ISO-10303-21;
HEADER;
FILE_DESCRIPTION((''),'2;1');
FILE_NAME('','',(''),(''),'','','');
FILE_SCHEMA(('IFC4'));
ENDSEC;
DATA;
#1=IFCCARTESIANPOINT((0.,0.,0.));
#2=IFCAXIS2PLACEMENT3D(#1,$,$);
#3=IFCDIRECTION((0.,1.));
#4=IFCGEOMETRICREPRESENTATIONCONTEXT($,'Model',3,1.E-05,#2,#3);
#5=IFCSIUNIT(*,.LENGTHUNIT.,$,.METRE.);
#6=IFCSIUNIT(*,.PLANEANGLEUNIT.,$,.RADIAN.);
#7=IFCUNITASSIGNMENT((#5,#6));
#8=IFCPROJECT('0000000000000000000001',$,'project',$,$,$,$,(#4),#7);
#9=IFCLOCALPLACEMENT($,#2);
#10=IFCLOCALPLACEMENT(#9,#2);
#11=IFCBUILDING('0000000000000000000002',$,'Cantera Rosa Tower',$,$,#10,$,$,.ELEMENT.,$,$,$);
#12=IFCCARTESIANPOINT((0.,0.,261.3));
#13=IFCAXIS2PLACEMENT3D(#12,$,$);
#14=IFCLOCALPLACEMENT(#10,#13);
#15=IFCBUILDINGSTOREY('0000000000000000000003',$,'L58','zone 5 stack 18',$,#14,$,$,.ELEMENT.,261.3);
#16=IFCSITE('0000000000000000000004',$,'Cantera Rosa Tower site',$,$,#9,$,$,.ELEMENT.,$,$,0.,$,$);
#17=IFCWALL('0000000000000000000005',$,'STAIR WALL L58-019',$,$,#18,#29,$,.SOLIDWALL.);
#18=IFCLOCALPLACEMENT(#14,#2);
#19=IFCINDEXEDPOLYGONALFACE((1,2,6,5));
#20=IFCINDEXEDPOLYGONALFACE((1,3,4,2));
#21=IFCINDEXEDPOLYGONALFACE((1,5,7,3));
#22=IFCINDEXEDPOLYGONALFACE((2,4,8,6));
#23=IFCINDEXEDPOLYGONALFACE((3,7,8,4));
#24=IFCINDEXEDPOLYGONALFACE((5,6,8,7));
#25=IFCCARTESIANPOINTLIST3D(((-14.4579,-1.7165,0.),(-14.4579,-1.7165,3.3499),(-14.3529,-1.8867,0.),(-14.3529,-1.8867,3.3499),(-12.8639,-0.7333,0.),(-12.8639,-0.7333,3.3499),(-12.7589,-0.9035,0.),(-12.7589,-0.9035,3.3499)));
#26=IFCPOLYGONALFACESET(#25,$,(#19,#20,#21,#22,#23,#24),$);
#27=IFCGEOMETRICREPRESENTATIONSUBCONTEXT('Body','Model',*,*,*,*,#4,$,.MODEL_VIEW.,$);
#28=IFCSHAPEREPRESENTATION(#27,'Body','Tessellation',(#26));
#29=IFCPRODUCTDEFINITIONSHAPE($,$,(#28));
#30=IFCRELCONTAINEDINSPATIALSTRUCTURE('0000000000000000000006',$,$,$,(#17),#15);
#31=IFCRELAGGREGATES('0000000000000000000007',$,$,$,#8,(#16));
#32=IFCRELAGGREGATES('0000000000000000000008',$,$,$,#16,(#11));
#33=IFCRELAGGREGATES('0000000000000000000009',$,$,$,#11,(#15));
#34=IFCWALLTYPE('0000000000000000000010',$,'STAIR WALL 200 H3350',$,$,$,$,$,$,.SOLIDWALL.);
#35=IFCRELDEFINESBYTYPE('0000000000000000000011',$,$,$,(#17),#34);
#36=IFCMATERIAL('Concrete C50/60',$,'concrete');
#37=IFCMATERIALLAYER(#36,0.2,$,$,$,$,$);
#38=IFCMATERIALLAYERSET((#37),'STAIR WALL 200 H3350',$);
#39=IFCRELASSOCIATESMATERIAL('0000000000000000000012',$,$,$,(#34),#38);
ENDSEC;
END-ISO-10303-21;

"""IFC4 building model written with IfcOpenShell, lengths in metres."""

from ifc_helpers import new_model, si_unit, direction, frame, frame_2d, origin, place, context, subcontext, project, spatial, rectangle, extrude, material, layer, layer_set, type_object, element, save


model = new_model("IFC4")

# Units and contexts
model_context = context("Model", 3, precision=1e-05, world=origin(), true_north=direction((0.0, 1.0)))
body_context = subcontext(model_context, "Body", "Model", "MODEL_VIEW")
ifc_project = project(units=[si_unit("LENGTHUNIT", "METRE"), si_unit("PLANEANGLEUNIT", "RADIAN")], contexts=[model_context])

# Site, building, storey
site_placement = place(None, origin())
site = spatial("IfcSite", under=ifc_project, at=site_placement, Name="Cantera Rosa Tower site", CompositionType="ELEMENT", RefElevation=0.0)
building_placement = place(site_placement, origin())
building = spatial("IfcBuilding", under=site, at=building_placement, Name="Cantera Rosa Tower", CompositionType="ELEMENT")
storey_placement = place(building_placement, frame((0.0, 0.0, 261.3)))
storey = spatial("IfcBuildingStorey", under=building, at=storey_placement, Name="L58", Description="zone 5 stack 18", CompositionType="ELEMENT", Elevation=261.3)

# Wall
ifc_material_1 = material(Name="Concrete C50/60", Category="concrete")
ifc_layer_1 = layer(ifc_material_1, 0.2)
ifc_layer_set_1 = layer_set([ifc_layer_1], Name="STAIR WALL 200 H3350")
wall_type_1 = type_object("IfcWallType", Name="STAIR WALL 200 H3350", PredefinedType="SOLIDWALL", material=ifc_layer_set_1)
wall_1_placement = place(storey_placement, frame((-12.8113, -0.8184, 0.0), z_axis=(0.0, 0.0, 1.0), x_axis=(-0.851125, -0.524963, 0.0)))
element("IfcWall", 1, at=wall_1_placement, inside=storey, type_object=wall_type_1, Name="STAIR WALL L58-019", PredefinedType="SOLIDWALL", context=body_context, shape_type="SweptSolid", body=[
    extrude(rectangle(XDim=1.8728, YDim=0.2, at=frame_2d((0.9365, 0.0))), origin(), (0.0, 0.0, 1.0), 3.3499),
])

save(model, "model.ifc")
